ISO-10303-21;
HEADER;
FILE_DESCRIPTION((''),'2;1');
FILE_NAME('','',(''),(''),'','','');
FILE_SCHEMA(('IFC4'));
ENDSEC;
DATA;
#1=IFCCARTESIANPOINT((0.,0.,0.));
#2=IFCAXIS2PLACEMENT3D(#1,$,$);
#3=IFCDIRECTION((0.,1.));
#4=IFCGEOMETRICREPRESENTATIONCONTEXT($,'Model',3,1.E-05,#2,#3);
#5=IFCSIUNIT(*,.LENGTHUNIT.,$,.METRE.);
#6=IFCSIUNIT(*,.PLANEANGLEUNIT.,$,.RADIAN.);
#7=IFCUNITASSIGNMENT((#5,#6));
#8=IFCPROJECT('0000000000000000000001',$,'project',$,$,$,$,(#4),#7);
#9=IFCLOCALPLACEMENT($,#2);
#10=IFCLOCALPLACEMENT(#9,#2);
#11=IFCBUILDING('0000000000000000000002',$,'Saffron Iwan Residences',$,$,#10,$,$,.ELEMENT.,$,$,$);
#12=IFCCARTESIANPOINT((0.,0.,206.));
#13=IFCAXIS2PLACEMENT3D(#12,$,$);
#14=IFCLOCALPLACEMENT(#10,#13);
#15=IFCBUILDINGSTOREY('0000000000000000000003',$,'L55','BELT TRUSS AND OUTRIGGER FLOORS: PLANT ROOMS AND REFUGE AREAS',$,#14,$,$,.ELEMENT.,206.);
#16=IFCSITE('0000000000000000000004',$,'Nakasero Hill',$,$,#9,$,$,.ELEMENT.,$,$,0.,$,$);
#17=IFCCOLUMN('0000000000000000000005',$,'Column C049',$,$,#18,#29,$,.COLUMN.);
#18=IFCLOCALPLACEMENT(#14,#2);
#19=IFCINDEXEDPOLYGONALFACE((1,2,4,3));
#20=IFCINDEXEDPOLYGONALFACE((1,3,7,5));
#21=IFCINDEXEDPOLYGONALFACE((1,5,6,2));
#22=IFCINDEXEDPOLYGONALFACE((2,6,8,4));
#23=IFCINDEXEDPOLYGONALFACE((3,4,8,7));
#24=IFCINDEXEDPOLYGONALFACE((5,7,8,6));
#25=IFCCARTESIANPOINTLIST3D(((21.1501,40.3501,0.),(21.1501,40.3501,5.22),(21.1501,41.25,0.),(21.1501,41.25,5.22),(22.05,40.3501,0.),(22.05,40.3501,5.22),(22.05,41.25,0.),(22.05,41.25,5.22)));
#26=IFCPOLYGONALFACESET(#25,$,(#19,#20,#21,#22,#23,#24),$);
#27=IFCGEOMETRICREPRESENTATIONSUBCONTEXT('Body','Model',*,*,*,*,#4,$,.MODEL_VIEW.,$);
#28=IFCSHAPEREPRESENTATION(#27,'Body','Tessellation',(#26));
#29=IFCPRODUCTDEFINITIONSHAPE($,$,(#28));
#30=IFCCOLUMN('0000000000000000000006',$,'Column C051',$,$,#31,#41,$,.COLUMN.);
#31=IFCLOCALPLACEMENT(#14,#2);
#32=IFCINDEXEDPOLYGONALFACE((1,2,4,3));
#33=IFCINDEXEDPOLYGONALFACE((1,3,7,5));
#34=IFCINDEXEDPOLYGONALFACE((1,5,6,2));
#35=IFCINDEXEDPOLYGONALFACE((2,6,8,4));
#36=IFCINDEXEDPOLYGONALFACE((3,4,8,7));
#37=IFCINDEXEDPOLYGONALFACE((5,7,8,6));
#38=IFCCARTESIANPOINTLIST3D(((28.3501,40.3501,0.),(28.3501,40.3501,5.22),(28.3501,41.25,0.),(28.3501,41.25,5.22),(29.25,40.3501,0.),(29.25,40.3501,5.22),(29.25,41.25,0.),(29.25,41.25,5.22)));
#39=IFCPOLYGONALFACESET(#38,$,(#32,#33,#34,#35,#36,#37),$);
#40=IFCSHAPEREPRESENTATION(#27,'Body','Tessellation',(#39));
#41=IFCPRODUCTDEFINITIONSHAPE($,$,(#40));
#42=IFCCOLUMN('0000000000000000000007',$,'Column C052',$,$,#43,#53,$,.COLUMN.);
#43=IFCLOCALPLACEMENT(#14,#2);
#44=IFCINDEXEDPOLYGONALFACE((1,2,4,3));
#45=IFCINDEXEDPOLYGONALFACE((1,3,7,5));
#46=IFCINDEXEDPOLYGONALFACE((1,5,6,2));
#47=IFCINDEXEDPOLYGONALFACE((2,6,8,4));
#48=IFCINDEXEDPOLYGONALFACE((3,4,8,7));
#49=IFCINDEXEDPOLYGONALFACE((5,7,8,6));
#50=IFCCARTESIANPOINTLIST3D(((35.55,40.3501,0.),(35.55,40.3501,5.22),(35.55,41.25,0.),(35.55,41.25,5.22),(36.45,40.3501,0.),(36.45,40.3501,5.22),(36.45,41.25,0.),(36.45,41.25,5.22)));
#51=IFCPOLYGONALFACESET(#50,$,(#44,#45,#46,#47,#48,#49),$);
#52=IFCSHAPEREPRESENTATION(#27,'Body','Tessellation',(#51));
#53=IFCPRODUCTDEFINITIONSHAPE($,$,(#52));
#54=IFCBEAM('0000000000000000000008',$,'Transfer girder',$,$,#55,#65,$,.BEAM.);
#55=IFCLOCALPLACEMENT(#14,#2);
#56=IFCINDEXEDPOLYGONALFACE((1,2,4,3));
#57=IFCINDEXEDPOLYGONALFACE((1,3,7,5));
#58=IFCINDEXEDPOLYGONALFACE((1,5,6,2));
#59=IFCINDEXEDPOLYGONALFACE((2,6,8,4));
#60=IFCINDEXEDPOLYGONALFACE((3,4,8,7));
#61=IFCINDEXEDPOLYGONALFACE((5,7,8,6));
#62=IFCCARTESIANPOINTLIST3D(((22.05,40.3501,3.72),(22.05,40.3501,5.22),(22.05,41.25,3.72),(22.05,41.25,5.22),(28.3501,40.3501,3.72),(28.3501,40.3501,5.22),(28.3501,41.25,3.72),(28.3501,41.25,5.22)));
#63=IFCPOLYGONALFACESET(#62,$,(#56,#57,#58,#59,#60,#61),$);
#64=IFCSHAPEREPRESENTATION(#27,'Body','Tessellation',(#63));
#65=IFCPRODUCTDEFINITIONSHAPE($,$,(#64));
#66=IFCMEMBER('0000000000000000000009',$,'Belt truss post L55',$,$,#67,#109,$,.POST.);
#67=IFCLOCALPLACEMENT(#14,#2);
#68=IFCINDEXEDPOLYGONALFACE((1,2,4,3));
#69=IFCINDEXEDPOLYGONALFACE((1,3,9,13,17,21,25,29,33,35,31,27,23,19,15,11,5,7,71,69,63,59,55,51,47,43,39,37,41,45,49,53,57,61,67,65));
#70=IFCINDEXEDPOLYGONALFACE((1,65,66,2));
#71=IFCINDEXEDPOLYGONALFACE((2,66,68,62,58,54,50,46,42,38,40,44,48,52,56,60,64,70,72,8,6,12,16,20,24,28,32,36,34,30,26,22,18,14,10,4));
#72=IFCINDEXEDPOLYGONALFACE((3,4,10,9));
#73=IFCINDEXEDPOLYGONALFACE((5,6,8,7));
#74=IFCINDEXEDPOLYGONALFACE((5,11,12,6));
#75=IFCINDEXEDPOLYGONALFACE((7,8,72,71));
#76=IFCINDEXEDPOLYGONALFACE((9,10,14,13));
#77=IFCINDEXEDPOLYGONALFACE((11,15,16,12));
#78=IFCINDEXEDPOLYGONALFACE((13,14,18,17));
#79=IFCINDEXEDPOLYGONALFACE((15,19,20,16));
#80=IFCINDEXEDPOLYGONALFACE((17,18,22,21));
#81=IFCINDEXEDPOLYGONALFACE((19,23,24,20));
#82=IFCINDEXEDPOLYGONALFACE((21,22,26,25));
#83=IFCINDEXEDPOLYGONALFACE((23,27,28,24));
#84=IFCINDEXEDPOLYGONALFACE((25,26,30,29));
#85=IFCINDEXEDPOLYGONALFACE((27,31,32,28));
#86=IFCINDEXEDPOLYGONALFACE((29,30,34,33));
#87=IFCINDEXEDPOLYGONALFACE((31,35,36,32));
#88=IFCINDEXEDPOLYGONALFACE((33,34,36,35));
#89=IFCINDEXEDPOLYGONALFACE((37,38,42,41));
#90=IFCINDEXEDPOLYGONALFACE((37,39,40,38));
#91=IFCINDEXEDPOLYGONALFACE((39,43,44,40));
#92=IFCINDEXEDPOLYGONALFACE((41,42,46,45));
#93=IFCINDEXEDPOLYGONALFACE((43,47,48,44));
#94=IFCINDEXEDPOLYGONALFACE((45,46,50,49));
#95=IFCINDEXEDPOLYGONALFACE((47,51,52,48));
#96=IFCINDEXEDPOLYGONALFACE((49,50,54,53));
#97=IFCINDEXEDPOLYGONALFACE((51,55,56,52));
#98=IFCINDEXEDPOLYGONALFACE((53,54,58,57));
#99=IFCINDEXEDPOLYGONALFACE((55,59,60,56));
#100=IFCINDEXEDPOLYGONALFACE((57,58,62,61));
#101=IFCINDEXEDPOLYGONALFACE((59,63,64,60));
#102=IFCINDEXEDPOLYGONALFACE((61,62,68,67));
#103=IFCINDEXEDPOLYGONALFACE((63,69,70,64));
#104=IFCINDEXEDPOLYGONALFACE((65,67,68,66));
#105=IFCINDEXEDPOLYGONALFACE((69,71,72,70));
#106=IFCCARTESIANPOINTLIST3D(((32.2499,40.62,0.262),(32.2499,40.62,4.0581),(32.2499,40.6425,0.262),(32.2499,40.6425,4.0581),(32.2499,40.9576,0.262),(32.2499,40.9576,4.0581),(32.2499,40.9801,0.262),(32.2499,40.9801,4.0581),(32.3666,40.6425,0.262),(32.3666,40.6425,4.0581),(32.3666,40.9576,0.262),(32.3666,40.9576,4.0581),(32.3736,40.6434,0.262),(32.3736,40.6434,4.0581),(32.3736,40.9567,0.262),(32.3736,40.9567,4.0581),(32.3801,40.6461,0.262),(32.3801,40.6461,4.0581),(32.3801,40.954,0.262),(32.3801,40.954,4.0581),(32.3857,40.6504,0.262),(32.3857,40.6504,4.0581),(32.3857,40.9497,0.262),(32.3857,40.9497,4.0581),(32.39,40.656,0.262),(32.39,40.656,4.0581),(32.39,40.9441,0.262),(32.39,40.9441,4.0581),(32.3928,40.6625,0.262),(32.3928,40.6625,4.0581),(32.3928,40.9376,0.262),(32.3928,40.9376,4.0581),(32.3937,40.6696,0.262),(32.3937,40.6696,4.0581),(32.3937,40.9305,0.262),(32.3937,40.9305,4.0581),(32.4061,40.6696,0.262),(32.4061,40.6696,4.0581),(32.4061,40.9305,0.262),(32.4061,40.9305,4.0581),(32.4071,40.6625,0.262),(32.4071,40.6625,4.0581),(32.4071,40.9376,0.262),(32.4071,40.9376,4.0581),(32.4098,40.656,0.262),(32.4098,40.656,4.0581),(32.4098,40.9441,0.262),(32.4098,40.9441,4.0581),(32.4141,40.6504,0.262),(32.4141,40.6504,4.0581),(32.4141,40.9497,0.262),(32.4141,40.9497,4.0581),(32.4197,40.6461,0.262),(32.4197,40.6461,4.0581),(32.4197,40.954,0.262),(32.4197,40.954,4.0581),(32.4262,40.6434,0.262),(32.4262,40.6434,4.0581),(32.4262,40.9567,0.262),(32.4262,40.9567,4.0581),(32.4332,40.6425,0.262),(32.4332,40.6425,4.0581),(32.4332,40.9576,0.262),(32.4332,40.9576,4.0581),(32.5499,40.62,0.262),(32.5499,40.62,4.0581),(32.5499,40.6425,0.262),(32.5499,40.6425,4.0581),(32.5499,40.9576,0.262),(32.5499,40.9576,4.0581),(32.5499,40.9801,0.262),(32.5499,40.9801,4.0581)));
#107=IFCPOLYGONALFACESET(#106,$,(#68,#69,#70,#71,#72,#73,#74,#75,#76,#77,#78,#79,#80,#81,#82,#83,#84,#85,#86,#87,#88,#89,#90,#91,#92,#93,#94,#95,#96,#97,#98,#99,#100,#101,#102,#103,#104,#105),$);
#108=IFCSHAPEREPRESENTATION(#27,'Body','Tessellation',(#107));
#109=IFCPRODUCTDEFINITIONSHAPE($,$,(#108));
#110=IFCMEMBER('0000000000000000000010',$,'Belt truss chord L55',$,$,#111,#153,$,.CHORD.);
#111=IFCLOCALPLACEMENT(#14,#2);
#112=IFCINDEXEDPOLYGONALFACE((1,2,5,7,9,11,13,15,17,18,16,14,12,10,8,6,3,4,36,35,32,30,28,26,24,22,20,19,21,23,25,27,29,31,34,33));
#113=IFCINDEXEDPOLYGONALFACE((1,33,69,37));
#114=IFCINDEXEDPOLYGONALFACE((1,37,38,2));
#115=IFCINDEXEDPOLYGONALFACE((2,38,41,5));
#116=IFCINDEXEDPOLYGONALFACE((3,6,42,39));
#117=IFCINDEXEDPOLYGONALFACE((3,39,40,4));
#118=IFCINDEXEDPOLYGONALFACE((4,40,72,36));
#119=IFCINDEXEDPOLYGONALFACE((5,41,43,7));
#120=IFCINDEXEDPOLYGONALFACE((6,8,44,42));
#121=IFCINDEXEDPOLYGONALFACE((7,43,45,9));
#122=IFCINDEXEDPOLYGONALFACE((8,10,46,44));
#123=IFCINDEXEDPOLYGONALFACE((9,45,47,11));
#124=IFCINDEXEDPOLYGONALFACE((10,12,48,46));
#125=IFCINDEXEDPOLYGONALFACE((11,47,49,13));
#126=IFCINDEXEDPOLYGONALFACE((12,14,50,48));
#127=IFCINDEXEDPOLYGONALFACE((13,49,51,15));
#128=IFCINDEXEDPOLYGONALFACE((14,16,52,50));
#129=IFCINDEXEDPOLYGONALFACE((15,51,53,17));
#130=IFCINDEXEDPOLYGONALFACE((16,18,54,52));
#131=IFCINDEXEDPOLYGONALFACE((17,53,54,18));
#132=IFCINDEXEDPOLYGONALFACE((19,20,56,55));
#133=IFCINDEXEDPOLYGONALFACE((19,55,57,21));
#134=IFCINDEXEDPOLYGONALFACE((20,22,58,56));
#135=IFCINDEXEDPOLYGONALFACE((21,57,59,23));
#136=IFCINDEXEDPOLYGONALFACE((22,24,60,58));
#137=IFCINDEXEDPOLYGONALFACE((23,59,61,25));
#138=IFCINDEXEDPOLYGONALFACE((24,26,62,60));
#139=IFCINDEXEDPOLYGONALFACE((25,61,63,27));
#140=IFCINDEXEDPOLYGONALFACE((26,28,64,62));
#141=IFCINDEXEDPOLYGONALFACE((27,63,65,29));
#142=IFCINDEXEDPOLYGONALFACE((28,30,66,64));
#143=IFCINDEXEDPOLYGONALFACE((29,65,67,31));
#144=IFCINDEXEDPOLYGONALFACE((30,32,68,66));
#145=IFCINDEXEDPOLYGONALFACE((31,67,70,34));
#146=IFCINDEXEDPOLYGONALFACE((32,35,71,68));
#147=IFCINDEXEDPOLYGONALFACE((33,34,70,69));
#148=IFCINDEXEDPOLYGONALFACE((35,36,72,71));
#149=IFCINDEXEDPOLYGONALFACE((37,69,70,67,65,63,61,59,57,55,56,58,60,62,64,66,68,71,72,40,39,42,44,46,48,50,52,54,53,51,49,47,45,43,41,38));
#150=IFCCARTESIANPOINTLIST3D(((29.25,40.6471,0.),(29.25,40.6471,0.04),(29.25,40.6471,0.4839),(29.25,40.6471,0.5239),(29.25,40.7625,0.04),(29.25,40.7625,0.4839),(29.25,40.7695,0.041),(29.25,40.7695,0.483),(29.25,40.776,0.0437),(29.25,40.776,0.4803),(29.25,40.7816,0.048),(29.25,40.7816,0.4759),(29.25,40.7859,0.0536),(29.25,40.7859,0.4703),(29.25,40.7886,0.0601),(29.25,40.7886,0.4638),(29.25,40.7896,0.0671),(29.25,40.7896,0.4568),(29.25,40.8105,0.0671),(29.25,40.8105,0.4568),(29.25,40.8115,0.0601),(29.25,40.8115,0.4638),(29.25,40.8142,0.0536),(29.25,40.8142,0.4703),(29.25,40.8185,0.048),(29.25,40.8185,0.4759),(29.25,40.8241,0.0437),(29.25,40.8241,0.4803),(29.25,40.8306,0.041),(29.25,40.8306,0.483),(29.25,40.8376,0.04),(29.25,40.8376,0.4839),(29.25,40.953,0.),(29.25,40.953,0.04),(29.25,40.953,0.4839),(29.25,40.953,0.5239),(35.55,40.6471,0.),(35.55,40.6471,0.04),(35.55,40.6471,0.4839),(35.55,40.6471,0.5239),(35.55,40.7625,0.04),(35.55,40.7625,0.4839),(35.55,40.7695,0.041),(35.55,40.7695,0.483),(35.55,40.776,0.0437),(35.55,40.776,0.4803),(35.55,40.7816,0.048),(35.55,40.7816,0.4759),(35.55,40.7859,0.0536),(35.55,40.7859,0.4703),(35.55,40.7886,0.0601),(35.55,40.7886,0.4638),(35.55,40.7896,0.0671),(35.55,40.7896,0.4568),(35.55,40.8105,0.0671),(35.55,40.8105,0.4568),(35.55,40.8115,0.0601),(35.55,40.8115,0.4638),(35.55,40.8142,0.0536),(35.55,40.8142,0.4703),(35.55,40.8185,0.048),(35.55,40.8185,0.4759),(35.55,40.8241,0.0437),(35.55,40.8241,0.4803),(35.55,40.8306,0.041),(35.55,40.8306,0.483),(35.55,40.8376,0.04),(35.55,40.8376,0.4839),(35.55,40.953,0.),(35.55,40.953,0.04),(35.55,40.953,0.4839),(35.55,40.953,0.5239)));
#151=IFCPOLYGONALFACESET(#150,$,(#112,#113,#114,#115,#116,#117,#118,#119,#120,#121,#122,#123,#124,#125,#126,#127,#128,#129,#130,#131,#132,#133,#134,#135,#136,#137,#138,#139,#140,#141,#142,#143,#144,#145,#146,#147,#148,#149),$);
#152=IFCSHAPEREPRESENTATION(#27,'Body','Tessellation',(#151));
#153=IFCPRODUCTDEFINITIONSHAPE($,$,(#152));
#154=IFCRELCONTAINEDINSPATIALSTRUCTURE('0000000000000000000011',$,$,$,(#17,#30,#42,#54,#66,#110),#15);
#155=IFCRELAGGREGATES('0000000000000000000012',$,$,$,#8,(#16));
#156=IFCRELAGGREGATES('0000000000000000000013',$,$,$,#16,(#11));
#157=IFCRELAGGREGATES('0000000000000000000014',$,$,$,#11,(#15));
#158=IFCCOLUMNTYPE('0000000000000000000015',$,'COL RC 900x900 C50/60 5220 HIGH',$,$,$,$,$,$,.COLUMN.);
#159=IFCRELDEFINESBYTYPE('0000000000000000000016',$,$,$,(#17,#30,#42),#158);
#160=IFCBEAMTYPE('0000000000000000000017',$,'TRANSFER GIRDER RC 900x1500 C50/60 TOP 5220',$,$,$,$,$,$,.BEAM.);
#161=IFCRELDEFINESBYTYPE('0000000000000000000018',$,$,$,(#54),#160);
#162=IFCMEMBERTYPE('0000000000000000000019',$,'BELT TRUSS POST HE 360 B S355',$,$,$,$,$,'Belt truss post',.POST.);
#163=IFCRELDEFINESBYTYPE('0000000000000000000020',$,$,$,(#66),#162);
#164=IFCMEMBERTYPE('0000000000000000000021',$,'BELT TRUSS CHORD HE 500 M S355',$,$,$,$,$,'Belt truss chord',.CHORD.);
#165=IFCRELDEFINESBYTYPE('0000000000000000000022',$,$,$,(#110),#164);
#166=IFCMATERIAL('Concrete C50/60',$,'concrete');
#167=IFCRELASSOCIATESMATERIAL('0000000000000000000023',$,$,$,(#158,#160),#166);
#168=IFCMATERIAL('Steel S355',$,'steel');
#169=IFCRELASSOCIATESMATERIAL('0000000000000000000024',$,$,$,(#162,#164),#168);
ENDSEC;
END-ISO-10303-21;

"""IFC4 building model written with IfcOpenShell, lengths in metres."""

from ifc_helpers import new_model, si_unit, direction, frame, origin, origin_2d, place, context, subcontext, project, spatial, rectangle, i_section, extrude, source, transform, mapped, material, material_profile, profile_set, type_object, element, save


model = new_model("IFC4")

# Units and contexts
model_context = context("Model", 3, precision=1e-05, world=origin(), true_north=direction((0.0, 1.0)))
body_context = subcontext(model_context, "Body", "Model", "MODEL_VIEW")
ifc_project = project(units=[si_unit("LENGTHUNIT", "METRE"), si_unit("PLANEANGLEUNIT", "RADIAN")], contexts=[model_context])

# Site, building, storey
site_placement = place(None, origin())
site = spatial("IfcSite", under=ifc_project, at=site_placement, Name="Nakasero Hill", CompositionType="ELEMENT", RefElevation=0.0)
building_placement = place(site_placement, origin())
building = spatial("IfcBuilding", under=site, at=building_placement, Name="Saffron Iwan Residences", CompositionType="ELEMENT")
storey_placement = place(building_placement, frame((0.0, 0.0, 206.0)))
storey = spatial("IfcBuildingStorey", under=building, at=storey_placement, Name="L55", Description="BELT TRUSS AND OUTRIGGER FLOORS: PLANT ROOMS AND REFUGE AREAS", CompositionType="ELEMENT", Elevation=206.0)

# Columns
ifc_material_1 = material(Name="Concrete C50/60", Category="concrete")
ifc_material_profile_1 = material_profile(ifc_material_1, rectangle(XDim=0.8999, YDim=0.8999, at=origin_2d()), Name="RC 900x900")
ifc_profile_set_1 = profile_set([ifc_material_profile_1], Name="Concrete C50/60")
column_type = type_object("IfcColumnType", Name="COL RC 900x900 C50/60 5220 HIGH", PredefinedType="COLUMN", material=ifc_profile_set_1)
shared_shape_1 = source(origin(), body_context, "Body", "SweptSolid", [
    extrude(rectangle(XDim=0.8999, YDim=0.8999, at=origin_2d()), origin(), (0.0, 0.0, 1.0), 5.22),
])
for number, where, z_axis, x_axis, name in (
    (1, (21.6001, 40.8, 0.0), (0.0, 0.0, 1.0), (1.0, 0.0, 0.0), "Column C049"),
    (2, (28.8, 40.8, 0.0), (0.0, 0.0, 1.0), (1.0, 0.0, 0.0), "Column C051"),
    (3, (36.0, 40.8, 0.0), (0.0, 0.0, 1.0), (1.0, 0.0, 0.0), "Column C052"),
):
    element("IfcColumn", number, at=place(storey_placement, frame(where, z_axis=z_axis, x_axis=x_axis)), inside=storey, type_object=column_type, Name=name, PredefinedType="COLUMN", context=body_context, shape_type="MappedRepresentation", body=[
        mapped(shared_shape_1, transform((0.0, 0.0, 0.0))),
    ])

# Beam
ifc_material_profile_2 = material_profile(ifc_material_1, rectangle(XDim=0.8999, YDim=1.5, at=origin_2d()), Name="RC 900x1500")
ifc_profile_set_2 = profile_set([ifc_material_profile_2], Name="Concrete C50/60")
beam_type = type_object("IfcBeamType", Name="TRANSFER GIRDER RC 900x1500 C50/60 TOP 5220", PredefinedType="BEAM", material=ifc_profile_set_2)
shared_shape_2 = source(origin(), body_context, "Body", "SweptSolid", [
    extrude(rectangle(XDim=0.8999, YDim=1.5, at=origin_2d()), origin(), (0.0, 0.0, 1.0), 6.3),
])
beam_placement = place(storey_placement, frame((22.05, 40.8, 4.47), z_axis=(1.0, 0.0, 0.0), x_axis=(0.0, 1.0, 0.0)))
element("IfcBeam", 4, at=beam_placement, inside=storey, type_object=beam_type, Name="Transfer girder", PredefinedType="BEAM", context=body_context, shape_type="MappedRepresentation", body=[
    mapped(shared_shape_2, transform((0.0, 0.0, 0.0))),
])

# Members
ifc_material_2 = material(Name="Steel S355", Category="steel")
ifc_material_profile_3 = material_profile(ifc_material_2, i_section(OverallWidth=0.3, OverallDepth=0.3601, WebThickness=0.0125, FlangeThickness=0.0225, FilletRadius=0.0271, at=origin_2d()), Name="HE 360 B")
ifc_profile_set_3 = profile_set([ifc_material_profile_3], Name="Steel S355")
member_type_1 = type_object("IfcMemberType", Name="BELT TRUSS POST HE 360 B S355", ElementType="Belt truss post", PredefinedType="POST", material=ifc_profile_set_3)
shared_shape_3 = source(origin(), body_context, "Body", "SweptSolid", [
    extrude(i_section(OverallWidth=0.3, OverallDepth=0.3601, WebThickness=0.0125, FlangeThickness=0.0225, FilletRadius=0.0271, at=origin_2d()), origin(), (0.0, 0.0, 1.0), 3.7961),
])
member_1_placement = place(storey_placement, frame((32.3999, 40.8, 0.262), z_axis=(0.0, 0.0, 1.0), x_axis=(1.0, 0.0, 0.0)))
element("IfcMember", 5, at=member_1_placement, inside=storey, type_object=member_type_1, Name="Belt truss post L55", PredefinedType="POST", context=body_context, shape_type="MappedRepresentation", body=[
    mapped(shared_shape_3, transform((0.0, 0.0, 0.0))),
])
ifc_material_profile_4 = material_profile(ifc_material_2, i_section(OverallWidth=0.3059, OverallDepth=0.5239, WebThickness=0.021, FlangeThickness=0.04, FilletRadius=0.0271, at=origin_2d()), Name="HE 500 M")
ifc_profile_set_4 = profile_set([ifc_material_profile_4], Name="Steel S355")
member_type_2 = type_object("IfcMemberType", Name="BELT TRUSS CHORD HE 500 M S355", ElementType="Belt truss chord", PredefinedType="CHORD", material=ifc_profile_set_4)
shared_shape_4 = source(origin(), body_context, "Body", "SweptSolid", [
    extrude(i_section(OverallWidth=0.3059, OverallDepth=0.5239, WebThickness=0.021, FlangeThickness=0.04, FilletRadius=0.0271, at=origin_2d()), origin(), (0.0, 0.0, 1.0), 6.3),
])
for number, where, z_axis, x_axis, name in (
    (6, (35.55, 40.8, 0.262), (-1.0, 0.0, 0.0), (0.0, -1.0, 0.0), "Belt truss chord L55"),
):
    element("IfcMember", number, at=place(storey_placement, frame(where, z_axis=z_axis, x_axis=x_axis)), inside=storey, type_object=member_type_2, Name=name, PredefinedType="CHORD", context=body_context, shape_type="MappedRepresentation", body=[
        mapped(shared_shape_4, transform((0.0, 0.0, 0.0))),
    ])

save(model, "model.ifc")
